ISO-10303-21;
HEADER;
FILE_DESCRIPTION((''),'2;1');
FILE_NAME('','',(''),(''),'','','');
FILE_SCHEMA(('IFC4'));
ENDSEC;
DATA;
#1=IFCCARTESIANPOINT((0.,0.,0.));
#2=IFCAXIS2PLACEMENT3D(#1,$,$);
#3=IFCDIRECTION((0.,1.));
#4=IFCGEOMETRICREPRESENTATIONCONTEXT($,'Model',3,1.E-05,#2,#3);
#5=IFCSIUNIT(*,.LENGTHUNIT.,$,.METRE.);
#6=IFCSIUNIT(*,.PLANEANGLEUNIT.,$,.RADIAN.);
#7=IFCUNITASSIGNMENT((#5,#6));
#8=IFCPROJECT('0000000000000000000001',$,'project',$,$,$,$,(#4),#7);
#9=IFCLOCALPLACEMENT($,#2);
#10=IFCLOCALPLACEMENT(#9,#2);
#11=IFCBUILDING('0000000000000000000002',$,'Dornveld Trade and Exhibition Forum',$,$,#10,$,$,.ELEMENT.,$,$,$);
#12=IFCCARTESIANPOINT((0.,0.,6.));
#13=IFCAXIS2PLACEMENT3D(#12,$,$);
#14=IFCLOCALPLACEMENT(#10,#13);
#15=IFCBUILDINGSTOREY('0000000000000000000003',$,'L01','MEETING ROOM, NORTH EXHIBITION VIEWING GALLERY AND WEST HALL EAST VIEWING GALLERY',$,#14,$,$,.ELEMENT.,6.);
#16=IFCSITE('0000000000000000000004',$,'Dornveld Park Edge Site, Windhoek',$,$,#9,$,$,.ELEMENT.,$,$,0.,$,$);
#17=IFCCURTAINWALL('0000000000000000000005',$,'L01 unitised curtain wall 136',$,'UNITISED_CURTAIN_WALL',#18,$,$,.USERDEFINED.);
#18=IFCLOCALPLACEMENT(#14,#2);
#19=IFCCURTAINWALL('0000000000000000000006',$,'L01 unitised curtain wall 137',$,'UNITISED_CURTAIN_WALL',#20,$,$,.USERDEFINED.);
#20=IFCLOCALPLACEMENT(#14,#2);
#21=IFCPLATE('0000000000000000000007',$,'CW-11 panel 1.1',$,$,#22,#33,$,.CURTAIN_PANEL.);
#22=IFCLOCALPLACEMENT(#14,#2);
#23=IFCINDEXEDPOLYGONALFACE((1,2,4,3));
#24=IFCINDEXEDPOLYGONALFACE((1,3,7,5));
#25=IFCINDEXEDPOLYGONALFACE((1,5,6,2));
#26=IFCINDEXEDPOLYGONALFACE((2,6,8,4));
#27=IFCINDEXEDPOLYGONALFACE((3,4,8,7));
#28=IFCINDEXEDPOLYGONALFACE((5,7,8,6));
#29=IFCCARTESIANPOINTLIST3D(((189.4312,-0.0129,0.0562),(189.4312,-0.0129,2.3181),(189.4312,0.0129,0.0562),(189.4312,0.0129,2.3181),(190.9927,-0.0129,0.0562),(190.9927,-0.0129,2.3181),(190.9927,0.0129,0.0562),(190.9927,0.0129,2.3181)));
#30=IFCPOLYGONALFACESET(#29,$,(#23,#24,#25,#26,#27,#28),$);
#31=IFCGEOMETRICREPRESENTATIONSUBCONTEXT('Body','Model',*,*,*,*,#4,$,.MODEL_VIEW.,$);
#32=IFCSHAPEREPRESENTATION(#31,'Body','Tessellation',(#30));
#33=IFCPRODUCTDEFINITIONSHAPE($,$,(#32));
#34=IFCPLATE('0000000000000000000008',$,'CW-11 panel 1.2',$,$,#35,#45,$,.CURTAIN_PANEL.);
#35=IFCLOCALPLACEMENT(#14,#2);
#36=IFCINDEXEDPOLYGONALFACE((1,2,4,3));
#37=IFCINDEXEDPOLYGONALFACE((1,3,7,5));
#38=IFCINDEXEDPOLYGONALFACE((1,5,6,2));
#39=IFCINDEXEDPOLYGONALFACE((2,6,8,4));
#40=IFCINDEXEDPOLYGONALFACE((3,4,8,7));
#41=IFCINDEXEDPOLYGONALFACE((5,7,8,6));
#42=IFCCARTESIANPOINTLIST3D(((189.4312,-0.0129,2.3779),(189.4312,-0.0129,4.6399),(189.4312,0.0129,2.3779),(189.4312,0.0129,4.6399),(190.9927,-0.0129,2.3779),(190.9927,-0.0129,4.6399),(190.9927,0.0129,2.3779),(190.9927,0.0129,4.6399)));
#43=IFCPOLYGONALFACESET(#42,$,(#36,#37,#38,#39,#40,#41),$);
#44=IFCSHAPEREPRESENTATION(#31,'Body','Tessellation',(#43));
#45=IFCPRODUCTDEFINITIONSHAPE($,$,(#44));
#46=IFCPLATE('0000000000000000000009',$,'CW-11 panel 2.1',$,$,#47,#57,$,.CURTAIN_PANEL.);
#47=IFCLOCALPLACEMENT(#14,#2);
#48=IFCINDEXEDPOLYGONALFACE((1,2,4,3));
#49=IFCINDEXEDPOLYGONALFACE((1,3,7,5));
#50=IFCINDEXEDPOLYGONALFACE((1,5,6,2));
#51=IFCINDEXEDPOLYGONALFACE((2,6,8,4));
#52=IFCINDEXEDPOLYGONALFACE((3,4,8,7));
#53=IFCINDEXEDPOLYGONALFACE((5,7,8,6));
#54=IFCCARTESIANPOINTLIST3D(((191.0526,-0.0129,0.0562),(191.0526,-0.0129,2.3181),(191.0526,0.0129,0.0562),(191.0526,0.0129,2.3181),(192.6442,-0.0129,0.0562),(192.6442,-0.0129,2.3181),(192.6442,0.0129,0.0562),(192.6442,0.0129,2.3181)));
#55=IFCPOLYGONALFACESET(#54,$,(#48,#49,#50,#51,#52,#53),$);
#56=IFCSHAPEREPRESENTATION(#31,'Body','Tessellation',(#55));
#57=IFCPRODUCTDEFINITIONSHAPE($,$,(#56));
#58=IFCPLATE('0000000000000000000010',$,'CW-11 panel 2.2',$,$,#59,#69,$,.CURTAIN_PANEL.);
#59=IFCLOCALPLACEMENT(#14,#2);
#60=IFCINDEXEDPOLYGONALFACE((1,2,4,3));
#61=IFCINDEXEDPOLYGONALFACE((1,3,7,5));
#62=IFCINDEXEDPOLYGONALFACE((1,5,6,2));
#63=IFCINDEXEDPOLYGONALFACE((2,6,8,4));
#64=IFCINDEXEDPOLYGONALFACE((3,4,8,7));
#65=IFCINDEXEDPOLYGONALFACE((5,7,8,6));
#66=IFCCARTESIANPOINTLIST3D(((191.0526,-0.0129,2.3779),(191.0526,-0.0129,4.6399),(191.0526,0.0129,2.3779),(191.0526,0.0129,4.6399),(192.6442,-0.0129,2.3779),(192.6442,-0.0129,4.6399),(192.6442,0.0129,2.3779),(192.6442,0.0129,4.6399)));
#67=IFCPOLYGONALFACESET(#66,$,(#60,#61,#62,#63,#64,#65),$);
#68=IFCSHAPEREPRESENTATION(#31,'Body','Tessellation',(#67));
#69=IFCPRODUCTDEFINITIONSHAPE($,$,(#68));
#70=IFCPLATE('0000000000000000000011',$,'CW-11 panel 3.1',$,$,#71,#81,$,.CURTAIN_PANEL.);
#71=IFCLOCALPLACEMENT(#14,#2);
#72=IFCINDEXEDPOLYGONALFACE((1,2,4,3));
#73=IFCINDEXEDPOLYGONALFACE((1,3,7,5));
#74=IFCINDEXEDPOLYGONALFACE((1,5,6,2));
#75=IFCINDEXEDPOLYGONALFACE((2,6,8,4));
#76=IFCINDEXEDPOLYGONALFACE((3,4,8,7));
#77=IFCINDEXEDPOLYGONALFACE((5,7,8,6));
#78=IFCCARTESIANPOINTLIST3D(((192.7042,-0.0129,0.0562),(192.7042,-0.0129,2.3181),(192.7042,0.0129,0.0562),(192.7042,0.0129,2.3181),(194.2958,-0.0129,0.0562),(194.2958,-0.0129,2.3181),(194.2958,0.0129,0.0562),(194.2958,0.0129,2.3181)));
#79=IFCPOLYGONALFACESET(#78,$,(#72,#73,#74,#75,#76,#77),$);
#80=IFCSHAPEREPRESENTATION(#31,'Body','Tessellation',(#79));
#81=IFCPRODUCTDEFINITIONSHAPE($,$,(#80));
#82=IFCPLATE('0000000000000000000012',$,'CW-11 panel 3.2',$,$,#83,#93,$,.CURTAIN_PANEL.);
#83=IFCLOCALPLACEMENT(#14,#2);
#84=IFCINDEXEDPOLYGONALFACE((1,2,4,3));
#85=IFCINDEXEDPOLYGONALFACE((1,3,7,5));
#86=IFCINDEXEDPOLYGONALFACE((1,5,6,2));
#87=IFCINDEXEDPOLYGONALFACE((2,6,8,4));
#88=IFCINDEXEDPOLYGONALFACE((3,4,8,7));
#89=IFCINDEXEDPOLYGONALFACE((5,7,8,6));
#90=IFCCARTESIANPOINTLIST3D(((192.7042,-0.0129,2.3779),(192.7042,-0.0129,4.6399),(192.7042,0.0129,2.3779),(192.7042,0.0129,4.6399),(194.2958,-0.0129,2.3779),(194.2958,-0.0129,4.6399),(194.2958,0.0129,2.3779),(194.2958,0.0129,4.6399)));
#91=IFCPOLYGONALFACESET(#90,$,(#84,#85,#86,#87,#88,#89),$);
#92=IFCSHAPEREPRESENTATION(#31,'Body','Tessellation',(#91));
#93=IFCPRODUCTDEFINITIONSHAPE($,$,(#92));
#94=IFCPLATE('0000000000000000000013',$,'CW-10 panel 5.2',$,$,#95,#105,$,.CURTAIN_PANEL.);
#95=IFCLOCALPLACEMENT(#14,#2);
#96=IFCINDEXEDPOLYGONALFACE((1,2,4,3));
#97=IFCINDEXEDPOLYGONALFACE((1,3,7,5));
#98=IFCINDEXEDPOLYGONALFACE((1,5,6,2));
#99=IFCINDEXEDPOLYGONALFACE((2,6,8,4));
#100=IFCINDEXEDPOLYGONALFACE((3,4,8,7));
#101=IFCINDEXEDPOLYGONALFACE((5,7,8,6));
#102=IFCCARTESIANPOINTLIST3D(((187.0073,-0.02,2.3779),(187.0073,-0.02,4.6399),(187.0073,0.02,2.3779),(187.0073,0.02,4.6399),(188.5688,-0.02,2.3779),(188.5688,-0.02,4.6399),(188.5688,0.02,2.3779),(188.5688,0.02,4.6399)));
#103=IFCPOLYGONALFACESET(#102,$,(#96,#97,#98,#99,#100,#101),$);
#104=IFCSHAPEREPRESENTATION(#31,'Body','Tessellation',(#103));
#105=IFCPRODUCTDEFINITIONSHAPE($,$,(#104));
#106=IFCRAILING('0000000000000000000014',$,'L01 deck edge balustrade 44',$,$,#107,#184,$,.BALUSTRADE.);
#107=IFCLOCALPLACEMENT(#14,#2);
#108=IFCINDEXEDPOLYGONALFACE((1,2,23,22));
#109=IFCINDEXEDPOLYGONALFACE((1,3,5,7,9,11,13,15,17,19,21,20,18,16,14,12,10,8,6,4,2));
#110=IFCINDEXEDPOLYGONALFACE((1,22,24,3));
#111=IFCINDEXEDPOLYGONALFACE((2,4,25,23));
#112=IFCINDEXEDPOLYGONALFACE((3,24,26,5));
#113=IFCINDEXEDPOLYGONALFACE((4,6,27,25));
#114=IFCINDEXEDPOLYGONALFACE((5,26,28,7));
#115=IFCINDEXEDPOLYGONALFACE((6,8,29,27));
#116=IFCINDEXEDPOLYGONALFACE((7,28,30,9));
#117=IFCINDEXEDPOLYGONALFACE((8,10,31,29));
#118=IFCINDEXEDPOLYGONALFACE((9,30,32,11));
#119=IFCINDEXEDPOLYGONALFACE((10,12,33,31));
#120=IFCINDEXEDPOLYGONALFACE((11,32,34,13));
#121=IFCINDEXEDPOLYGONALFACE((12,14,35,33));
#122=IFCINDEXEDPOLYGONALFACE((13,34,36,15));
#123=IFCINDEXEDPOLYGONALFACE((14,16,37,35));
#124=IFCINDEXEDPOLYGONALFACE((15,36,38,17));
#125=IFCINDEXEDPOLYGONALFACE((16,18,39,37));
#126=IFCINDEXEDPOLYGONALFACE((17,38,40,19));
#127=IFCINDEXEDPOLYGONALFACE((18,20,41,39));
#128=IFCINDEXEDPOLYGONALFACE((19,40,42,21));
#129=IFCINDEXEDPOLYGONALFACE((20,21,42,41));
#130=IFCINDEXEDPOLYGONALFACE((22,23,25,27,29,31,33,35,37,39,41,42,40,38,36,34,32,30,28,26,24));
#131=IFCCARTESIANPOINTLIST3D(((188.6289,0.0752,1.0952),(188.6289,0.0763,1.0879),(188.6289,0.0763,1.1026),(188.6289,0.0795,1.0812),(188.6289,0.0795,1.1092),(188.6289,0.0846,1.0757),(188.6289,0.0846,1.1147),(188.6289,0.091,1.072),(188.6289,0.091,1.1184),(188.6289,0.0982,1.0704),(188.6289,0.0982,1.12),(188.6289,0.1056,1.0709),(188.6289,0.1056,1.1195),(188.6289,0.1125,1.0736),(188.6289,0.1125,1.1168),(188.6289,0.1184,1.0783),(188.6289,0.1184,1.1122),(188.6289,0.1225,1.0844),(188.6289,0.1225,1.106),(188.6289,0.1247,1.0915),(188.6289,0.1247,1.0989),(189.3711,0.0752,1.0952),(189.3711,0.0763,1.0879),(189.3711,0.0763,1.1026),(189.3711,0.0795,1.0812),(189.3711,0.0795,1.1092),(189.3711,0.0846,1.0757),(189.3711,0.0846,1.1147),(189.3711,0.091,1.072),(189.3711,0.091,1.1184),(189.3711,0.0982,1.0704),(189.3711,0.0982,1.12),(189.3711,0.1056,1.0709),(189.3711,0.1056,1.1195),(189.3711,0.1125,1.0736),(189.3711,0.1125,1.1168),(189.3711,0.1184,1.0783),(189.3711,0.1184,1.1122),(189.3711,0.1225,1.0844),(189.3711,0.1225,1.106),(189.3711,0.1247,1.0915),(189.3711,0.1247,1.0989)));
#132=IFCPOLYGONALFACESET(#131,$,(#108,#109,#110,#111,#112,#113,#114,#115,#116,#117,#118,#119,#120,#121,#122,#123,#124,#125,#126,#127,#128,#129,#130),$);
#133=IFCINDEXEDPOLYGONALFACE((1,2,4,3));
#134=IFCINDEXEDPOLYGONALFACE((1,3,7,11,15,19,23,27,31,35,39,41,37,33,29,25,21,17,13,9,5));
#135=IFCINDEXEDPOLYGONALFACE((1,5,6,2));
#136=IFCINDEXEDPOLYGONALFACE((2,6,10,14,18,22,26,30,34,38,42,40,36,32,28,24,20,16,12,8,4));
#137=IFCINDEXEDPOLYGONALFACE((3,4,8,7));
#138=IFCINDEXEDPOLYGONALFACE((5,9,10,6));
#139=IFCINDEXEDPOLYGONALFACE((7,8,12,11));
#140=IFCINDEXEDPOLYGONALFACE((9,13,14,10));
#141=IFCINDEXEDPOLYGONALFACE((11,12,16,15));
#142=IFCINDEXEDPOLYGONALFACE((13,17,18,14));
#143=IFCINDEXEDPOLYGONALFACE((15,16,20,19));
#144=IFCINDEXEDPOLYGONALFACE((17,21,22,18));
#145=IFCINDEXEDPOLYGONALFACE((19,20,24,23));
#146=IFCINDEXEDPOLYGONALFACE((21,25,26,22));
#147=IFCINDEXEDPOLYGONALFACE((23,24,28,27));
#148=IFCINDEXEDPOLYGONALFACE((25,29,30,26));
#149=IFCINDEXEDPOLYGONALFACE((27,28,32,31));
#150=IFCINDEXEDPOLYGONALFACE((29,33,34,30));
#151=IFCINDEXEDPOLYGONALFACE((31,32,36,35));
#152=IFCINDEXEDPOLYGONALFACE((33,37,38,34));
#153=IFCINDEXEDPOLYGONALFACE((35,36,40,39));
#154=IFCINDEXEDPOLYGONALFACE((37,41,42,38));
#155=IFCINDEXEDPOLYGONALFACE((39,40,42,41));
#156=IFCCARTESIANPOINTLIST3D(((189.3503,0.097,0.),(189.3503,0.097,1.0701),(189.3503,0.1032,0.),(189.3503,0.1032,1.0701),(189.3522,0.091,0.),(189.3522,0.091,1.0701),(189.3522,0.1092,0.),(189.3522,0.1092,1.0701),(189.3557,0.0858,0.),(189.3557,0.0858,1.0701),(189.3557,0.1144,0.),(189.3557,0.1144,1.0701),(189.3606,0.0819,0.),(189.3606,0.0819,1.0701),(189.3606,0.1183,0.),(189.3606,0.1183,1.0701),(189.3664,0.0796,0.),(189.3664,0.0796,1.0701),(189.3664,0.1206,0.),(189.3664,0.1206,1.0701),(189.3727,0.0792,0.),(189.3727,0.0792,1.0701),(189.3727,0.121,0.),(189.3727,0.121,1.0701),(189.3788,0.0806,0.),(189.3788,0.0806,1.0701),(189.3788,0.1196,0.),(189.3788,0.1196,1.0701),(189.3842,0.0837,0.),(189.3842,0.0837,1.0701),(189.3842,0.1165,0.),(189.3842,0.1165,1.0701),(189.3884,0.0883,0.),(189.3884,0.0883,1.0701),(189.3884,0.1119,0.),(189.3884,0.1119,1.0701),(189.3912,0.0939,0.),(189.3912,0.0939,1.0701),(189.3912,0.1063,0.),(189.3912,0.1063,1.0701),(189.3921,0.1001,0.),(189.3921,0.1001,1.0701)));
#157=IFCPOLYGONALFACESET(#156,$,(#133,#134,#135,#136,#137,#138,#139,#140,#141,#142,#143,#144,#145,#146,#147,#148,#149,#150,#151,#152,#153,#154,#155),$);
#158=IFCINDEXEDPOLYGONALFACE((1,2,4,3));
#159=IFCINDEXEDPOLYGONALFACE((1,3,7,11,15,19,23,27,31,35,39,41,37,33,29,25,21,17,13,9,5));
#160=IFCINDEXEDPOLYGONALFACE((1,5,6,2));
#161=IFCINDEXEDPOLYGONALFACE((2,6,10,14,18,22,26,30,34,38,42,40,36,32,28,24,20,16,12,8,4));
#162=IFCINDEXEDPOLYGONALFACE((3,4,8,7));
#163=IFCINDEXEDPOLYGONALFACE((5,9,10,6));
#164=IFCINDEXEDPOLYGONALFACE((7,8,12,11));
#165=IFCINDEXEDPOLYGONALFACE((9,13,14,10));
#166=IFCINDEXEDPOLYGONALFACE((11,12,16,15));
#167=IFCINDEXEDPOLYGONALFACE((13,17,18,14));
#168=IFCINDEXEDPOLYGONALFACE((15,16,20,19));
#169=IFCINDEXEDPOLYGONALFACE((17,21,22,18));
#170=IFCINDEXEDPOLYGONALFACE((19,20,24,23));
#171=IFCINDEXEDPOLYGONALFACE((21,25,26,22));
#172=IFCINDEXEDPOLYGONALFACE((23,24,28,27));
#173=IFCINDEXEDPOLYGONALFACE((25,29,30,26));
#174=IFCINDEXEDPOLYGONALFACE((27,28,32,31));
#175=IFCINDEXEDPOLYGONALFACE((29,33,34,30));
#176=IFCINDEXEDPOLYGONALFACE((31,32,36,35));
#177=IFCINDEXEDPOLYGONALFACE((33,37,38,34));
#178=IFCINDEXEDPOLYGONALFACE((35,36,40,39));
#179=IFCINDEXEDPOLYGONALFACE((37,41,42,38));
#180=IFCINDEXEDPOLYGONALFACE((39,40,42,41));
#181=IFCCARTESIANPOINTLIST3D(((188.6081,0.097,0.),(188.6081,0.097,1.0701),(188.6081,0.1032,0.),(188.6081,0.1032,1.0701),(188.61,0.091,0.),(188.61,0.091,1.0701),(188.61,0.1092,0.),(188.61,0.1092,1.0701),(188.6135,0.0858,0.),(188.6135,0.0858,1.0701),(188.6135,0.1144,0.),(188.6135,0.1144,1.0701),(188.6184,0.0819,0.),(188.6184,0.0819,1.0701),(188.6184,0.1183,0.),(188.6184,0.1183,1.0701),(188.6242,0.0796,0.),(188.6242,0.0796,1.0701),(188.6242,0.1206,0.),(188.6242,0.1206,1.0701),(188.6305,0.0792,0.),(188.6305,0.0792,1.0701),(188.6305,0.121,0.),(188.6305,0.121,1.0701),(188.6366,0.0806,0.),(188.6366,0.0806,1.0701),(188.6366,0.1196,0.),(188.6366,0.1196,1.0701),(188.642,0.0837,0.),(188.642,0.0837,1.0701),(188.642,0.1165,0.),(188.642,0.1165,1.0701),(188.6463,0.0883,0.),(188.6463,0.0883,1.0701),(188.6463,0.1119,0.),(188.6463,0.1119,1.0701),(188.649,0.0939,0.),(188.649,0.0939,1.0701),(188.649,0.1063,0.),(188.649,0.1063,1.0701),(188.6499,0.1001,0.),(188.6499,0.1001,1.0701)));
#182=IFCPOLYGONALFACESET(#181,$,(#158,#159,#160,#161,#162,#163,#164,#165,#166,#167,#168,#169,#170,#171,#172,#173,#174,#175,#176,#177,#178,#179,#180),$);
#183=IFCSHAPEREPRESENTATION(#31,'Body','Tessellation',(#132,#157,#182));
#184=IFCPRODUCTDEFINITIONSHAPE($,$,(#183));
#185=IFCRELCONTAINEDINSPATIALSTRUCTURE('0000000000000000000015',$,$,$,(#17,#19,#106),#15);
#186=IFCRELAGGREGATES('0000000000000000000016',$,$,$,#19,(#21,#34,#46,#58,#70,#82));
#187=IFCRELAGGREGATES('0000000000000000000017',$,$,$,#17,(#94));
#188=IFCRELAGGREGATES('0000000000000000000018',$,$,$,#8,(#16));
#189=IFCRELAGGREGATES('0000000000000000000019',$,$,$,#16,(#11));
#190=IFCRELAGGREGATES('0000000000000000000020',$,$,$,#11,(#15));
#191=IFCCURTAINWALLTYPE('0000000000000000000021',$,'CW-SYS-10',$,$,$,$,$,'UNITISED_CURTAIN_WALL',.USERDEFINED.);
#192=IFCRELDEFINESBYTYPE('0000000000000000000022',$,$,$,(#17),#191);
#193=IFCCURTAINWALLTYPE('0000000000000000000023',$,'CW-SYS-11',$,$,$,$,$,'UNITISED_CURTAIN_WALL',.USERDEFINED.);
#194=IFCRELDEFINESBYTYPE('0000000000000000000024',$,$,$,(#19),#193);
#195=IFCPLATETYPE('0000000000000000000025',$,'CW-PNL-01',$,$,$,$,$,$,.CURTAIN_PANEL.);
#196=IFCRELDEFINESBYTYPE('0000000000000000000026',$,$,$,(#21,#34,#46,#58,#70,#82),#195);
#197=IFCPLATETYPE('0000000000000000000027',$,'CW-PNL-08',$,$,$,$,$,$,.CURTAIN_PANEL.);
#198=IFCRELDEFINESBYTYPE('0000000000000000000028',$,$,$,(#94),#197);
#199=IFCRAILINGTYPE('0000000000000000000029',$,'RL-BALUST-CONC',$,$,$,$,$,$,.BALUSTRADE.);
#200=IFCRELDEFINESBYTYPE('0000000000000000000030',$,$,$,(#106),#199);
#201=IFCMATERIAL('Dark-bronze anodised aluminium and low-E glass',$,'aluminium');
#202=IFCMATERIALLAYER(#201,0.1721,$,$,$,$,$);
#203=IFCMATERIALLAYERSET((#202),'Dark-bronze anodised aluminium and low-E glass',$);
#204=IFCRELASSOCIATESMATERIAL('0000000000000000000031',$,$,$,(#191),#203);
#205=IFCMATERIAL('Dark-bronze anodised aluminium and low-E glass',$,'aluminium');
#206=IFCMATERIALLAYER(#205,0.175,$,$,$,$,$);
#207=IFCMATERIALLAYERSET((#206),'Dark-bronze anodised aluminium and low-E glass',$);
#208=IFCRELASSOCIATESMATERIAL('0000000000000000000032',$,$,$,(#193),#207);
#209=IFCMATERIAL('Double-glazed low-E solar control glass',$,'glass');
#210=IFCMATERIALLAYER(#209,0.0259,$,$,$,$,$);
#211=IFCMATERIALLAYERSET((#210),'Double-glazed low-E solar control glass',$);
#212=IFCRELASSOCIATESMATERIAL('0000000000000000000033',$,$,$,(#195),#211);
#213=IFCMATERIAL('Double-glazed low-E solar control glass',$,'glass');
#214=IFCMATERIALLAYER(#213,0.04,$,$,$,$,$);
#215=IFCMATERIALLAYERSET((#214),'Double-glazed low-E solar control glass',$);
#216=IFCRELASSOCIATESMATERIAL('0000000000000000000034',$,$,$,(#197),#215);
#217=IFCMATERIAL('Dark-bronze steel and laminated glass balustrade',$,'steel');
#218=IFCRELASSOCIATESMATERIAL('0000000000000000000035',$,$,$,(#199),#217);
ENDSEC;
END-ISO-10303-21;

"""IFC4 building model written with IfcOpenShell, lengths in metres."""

from ifc_helpers import new_model, si_unit, direction, frame, origin, origin_2d, place, context, subcontext, project, spatial, rectangle, circle, extrude, material, layer, layer_set, type_object, element, aggregate, save


model = new_model("IFC4")

# Units and contexts
model_context = context("Model", 3, precision=1e-05, world=origin(), true_north=direction((0.0, 1.0)))
body_context = subcontext(model_context, "Body", "Model", "MODEL_VIEW")
ifc_project = project(units=[si_unit("LENGTHUNIT", "METRE"), si_unit("PLANEANGLEUNIT", "RADIAN")], contexts=[model_context])

# Site, building, storey
site_placement = place(None, origin())
site = spatial("IfcSite", under=ifc_project, at=site_placement, Name="Dornveld Park Edge Site, Windhoek", CompositionType="ELEMENT", RefElevation=0.0)
building_placement = place(site_placement, origin())
building = spatial("IfcBuilding", under=site, at=building_placement, Name="Dornveld Trade and Exhibition Forum", CompositionType="ELEMENT")
storey_placement = place(building_placement, frame((0.0, 0.0, 6.0)))
storey = spatial("IfcBuildingStorey", under=building, at=storey_placement, Name="L01", Description="MEETING ROOM, NORTH EXHIBITION VIEWING GALLERY AND WEST HALL EAST VIEWING GALLERY", CompositionType="ELEMENT", Elevation=6.0)

# Curtain wall
ifc_material_1 = material(Name="Dark-bronze anodised aluminium and low-E glass", Category="aluminium")
ifc_layer_1 = layer(ifc_material_1, 0.1721)
ifc_layer_set_1 = layer_set([ifc_layer_1], Name="Dark-bronze anodised aluminium and low-E glass")
curtain_wall_type_1 = type_object("IfcCurtainWallType", Name="CW-SYS-10", ElementType="UNITISED_CURTAIN_WALL", PredefinedType="USERDEFINED", material=ifc_layer_set_1)
curtain_wall_1_placement = place(storey_placement, origin())
curtain_wall_1 = element("IfcCurtainWall", 1, at=curtain_wall_1_placement, inside=storey, type_object=curtain_wall_type_1, Name="L01 unitised curtain wall 136", ObjectType="UNITISED_CURTAIN_WALL", PredefinedType="USERDEFINED")

# Curtain wall
ifc_material_2 = material(Name="Dark-bronze anodised aluminium and low-E glass", Category="aluminium")
ifc_layer_2 = layer(ifc_material_2, 0.175)
ifc_layer_set_2 = layer_set([ifc_layer_2], Name="Dark-bronze anodised aluminium and low-E glass")
curtain_wall_type_2 = type_object("IfcCurtainWallType", Name="CW-SYS-11", ElementType="UNITISED_CURTAIN_WALL", PredefinedType="USERDEFINED", material=ifc_layer_set_2)
curtain_wall_2_placement = place(storey_placement, origin())
curtain_wall_2 = element("IfcCurtainWall", 2, at=curtain_wall_2_placement, inside=storey, type_object=curtain_wall_type_2, Name="L01 unitised curtain wall 137", ObjectType="UNITISED_CURTAIN_WALL", PredefinedType="USERDEFINED")

# Plates
ifc_material_3 = material(Name="Double-glazed low-E solar control glass", Category="glass")
ifc_layer_3 = layer(ifc_material_3, 0.0259)
ifc_layer_set_3 = layer_set([ifc_layer_3], Name="Double-glazed low-E solar control glass")
plate_type_1 = type_object("IfcPlateType", Name="CW-PNL-01", PredefinedType="CURTAIN_PANEL", material=ifc_layer_set_3)
plate_1_placement = place(storey_placement, frame((190.2119, 0.0, 0.0562), z_axis=(0.0, 0.0, 1.0), x_axis=(1.0, 0.0, 0.0)))
plate_1 = element("IfcPlate", 3, at=plate_1_placement, type_object=plate_type_1, Name="CW-11 panel 1.1", PredefinedType="CURTAIN_PANEL", context=body_context, shape_type="SweptSolid", body=[
    extrude(rectangle(XDim=1.5615, YDim=0.0259, at=origin_2d()), origin(), (0.0, 0.0, 1.0), 2.262),
])
plate_2_placement = place(storey_placement, frame((190.2119, 0.0, 2.3779), z_axis=(0.0, 0.0, 1.0), x_axis=(1.0, 0.0, 0.0)))
plate_2 = element("IfcPlate", 4, at=plate_2_placement, type_object=plate_type_1, Name="CW-11 panel 1.2", PredefinedType="CURTAIN_PANEL", context=body_context, shape_type="SweptSolid", body=[
    extrude(rectangle(XDim=1.5615, YDim=0.0259, at=origin_2d()), origin(), (0.0, 0.0, 1.0), 2.262),
])
plate_3_placement = place(storey_placement, frame((191.8484, 0.0, 0.0562), z_axis=(0.0, 0.0, 1.0), x_axis=(1.0, 0.0, 0.0)))
plate_3 = element("IfcPlate", 5, at=plate_3_placement, type_object=plate_type_1, Name="CW-11 panel 2.1", PredefinedType="CURTAIN_PANEL", context=body_context, shape_type="SweptSolid", body=[
    extrude(rectangle(XDim=1.5916, YDim=0.0259, at=origin_2d()), origin(), (0.0, 0.0, 1.0), 2.262),
])
plate_4_placement = place(storey_placement, frame((191.8484, 0.0, 2.3779), z_axis=(0.0, 0.0, 1.0), x_axis=(1.0, 0.0, 0.0)))
plate_4 = element("IfcPlate", 6, at=plate_4_placement, type_object=plate_type_1, Name="CW-11 panel 2.2", PredefinedType="CURTAIN_PANEL", context=body_context, shape_type="SweptSolid", body=[
    extrude(rectangle(XDim=1.5916, YDim=0.0259, at=origin_2d()), origin(), (0.0, 0.0, 1.0), 2.262),
])
plate_5_placement = place(storey_placement, frame((193.5, 0.0, 0.0562), z_axis=(0.0, 0.0, 1.0), x_axis=(1.0, 0.0, 0.0)))
plate_5 = element("IfcPlate", 7, at=plate_5_placement, type_object=plate_type_1, Name="CW-11 panel 3.1", PredefinedType="CURTAIN_PANEL", context=body_context, shape_type="SweptSolid", body=[
    extrude(rectangle(XDim=1.5916, YDim=0.0259, at=origin_2d()), origin(), (0.0, 0.0, 1.0), 2.262),
])
plate_6_placement = place(storey_placement, frame((193.5, 0.0, 2.3779), z_axis=(0.0, 0.0, 1.0), x_axis=(1.0, 0.0, 0.0)))
plate_6 = element("IfcPlate", 8, at=plate_6_placement, type_object=plate_type_1, Name="CW-11 panel 3.2", PredefinedType="CURTAIN_PANEL", context=body_context, shape_type="SweptSolid", body=[
    extrude(rectangle(XDim=1.5916, YDim=0.0259, at=origin_2d()), origin(), (0.0, 0.0, 1.0), 2.262),
])
aggregate(curtain_wall_2, [plate_1, plate_2, plate_3, plate_4, plate_5, plate_6])
ifc_material_4 = material(Name="Double-glazed low-E solar control glass", Category="glass")
ifc_layer_4 = layer(ifc_material_4, 0.04)
ifc_layer_set_4 = layer_set([ifc_layer_4], Name="Double-glazed low-E solar control glass")
plate_type_2 = type_object("IfcPlateType", Name="CW-PNL-08", PredefinedType="CURTAIN_PANEL", material=ifc_layer_set_4)
plate_7_placement = place(storey_placement, frame((187.7881, 0.0, 2.3779), z_axis=(0.0, 0.0, 1.0), x_axis=(1.0, 0.0, 0.0)))
plate_7 = element("IfcPlate", 9, at=plate_7_placement, type_object=plate_type_2, Name="CW-10 panel 5.2", PredefinedType="CURTAIN_PANEL", context=body_context, shape_type="SweptSolid", body=[
    extrude(rectangle(XDim=1.5615, YDim=0.04, at=origin_2d()), origin(), (0.0, 0.0, 1.0), 2.262),
])
aggregate(curtain_wall_1, [plate_7])

# Railing
ifc_material_5 = material(Name="Dark-bronze steel and laminated glass balustrade", Category="steel")
railing_type = type_object("IfcRailingType", Name="RL-BALUST-CONC", PredefinedType="BALUSTRADE", material=ifc_material_5)
railing_placement = place(storey_placement, frame((189.3711, 0.1001, 0.0)))
element("IfcRailing", 10, at=railing_placement, inside=storey, type_object=railing_type, Name="L01 deck edge balustrade 44", PredefinedType="BALUSTRADE", context=body_context, shape_type="SweptSolid", body=[
    extrude(circle(Radius=0.0249, at=origin_2d()), frame((0.0, 0.0, 1.0952), z_axis=(-1.0, 0.0, 0.0), x_axis=(0.0, -1.0, 0.0)), (0.0, 0.0, 1.0), 0.7422),
    extrude(circle(Radius=0.021, at=origin_2d()), origin(), (0.0, 0.0, 1.0), 1.0701),
    extrude(circle(Radius=0.021, at=origin_2d()), frame((-0.7422, 0.0, 0.0)), (0.0, 0.0, 1.0), 1.0701),
])

save(model, "model.ifc")
